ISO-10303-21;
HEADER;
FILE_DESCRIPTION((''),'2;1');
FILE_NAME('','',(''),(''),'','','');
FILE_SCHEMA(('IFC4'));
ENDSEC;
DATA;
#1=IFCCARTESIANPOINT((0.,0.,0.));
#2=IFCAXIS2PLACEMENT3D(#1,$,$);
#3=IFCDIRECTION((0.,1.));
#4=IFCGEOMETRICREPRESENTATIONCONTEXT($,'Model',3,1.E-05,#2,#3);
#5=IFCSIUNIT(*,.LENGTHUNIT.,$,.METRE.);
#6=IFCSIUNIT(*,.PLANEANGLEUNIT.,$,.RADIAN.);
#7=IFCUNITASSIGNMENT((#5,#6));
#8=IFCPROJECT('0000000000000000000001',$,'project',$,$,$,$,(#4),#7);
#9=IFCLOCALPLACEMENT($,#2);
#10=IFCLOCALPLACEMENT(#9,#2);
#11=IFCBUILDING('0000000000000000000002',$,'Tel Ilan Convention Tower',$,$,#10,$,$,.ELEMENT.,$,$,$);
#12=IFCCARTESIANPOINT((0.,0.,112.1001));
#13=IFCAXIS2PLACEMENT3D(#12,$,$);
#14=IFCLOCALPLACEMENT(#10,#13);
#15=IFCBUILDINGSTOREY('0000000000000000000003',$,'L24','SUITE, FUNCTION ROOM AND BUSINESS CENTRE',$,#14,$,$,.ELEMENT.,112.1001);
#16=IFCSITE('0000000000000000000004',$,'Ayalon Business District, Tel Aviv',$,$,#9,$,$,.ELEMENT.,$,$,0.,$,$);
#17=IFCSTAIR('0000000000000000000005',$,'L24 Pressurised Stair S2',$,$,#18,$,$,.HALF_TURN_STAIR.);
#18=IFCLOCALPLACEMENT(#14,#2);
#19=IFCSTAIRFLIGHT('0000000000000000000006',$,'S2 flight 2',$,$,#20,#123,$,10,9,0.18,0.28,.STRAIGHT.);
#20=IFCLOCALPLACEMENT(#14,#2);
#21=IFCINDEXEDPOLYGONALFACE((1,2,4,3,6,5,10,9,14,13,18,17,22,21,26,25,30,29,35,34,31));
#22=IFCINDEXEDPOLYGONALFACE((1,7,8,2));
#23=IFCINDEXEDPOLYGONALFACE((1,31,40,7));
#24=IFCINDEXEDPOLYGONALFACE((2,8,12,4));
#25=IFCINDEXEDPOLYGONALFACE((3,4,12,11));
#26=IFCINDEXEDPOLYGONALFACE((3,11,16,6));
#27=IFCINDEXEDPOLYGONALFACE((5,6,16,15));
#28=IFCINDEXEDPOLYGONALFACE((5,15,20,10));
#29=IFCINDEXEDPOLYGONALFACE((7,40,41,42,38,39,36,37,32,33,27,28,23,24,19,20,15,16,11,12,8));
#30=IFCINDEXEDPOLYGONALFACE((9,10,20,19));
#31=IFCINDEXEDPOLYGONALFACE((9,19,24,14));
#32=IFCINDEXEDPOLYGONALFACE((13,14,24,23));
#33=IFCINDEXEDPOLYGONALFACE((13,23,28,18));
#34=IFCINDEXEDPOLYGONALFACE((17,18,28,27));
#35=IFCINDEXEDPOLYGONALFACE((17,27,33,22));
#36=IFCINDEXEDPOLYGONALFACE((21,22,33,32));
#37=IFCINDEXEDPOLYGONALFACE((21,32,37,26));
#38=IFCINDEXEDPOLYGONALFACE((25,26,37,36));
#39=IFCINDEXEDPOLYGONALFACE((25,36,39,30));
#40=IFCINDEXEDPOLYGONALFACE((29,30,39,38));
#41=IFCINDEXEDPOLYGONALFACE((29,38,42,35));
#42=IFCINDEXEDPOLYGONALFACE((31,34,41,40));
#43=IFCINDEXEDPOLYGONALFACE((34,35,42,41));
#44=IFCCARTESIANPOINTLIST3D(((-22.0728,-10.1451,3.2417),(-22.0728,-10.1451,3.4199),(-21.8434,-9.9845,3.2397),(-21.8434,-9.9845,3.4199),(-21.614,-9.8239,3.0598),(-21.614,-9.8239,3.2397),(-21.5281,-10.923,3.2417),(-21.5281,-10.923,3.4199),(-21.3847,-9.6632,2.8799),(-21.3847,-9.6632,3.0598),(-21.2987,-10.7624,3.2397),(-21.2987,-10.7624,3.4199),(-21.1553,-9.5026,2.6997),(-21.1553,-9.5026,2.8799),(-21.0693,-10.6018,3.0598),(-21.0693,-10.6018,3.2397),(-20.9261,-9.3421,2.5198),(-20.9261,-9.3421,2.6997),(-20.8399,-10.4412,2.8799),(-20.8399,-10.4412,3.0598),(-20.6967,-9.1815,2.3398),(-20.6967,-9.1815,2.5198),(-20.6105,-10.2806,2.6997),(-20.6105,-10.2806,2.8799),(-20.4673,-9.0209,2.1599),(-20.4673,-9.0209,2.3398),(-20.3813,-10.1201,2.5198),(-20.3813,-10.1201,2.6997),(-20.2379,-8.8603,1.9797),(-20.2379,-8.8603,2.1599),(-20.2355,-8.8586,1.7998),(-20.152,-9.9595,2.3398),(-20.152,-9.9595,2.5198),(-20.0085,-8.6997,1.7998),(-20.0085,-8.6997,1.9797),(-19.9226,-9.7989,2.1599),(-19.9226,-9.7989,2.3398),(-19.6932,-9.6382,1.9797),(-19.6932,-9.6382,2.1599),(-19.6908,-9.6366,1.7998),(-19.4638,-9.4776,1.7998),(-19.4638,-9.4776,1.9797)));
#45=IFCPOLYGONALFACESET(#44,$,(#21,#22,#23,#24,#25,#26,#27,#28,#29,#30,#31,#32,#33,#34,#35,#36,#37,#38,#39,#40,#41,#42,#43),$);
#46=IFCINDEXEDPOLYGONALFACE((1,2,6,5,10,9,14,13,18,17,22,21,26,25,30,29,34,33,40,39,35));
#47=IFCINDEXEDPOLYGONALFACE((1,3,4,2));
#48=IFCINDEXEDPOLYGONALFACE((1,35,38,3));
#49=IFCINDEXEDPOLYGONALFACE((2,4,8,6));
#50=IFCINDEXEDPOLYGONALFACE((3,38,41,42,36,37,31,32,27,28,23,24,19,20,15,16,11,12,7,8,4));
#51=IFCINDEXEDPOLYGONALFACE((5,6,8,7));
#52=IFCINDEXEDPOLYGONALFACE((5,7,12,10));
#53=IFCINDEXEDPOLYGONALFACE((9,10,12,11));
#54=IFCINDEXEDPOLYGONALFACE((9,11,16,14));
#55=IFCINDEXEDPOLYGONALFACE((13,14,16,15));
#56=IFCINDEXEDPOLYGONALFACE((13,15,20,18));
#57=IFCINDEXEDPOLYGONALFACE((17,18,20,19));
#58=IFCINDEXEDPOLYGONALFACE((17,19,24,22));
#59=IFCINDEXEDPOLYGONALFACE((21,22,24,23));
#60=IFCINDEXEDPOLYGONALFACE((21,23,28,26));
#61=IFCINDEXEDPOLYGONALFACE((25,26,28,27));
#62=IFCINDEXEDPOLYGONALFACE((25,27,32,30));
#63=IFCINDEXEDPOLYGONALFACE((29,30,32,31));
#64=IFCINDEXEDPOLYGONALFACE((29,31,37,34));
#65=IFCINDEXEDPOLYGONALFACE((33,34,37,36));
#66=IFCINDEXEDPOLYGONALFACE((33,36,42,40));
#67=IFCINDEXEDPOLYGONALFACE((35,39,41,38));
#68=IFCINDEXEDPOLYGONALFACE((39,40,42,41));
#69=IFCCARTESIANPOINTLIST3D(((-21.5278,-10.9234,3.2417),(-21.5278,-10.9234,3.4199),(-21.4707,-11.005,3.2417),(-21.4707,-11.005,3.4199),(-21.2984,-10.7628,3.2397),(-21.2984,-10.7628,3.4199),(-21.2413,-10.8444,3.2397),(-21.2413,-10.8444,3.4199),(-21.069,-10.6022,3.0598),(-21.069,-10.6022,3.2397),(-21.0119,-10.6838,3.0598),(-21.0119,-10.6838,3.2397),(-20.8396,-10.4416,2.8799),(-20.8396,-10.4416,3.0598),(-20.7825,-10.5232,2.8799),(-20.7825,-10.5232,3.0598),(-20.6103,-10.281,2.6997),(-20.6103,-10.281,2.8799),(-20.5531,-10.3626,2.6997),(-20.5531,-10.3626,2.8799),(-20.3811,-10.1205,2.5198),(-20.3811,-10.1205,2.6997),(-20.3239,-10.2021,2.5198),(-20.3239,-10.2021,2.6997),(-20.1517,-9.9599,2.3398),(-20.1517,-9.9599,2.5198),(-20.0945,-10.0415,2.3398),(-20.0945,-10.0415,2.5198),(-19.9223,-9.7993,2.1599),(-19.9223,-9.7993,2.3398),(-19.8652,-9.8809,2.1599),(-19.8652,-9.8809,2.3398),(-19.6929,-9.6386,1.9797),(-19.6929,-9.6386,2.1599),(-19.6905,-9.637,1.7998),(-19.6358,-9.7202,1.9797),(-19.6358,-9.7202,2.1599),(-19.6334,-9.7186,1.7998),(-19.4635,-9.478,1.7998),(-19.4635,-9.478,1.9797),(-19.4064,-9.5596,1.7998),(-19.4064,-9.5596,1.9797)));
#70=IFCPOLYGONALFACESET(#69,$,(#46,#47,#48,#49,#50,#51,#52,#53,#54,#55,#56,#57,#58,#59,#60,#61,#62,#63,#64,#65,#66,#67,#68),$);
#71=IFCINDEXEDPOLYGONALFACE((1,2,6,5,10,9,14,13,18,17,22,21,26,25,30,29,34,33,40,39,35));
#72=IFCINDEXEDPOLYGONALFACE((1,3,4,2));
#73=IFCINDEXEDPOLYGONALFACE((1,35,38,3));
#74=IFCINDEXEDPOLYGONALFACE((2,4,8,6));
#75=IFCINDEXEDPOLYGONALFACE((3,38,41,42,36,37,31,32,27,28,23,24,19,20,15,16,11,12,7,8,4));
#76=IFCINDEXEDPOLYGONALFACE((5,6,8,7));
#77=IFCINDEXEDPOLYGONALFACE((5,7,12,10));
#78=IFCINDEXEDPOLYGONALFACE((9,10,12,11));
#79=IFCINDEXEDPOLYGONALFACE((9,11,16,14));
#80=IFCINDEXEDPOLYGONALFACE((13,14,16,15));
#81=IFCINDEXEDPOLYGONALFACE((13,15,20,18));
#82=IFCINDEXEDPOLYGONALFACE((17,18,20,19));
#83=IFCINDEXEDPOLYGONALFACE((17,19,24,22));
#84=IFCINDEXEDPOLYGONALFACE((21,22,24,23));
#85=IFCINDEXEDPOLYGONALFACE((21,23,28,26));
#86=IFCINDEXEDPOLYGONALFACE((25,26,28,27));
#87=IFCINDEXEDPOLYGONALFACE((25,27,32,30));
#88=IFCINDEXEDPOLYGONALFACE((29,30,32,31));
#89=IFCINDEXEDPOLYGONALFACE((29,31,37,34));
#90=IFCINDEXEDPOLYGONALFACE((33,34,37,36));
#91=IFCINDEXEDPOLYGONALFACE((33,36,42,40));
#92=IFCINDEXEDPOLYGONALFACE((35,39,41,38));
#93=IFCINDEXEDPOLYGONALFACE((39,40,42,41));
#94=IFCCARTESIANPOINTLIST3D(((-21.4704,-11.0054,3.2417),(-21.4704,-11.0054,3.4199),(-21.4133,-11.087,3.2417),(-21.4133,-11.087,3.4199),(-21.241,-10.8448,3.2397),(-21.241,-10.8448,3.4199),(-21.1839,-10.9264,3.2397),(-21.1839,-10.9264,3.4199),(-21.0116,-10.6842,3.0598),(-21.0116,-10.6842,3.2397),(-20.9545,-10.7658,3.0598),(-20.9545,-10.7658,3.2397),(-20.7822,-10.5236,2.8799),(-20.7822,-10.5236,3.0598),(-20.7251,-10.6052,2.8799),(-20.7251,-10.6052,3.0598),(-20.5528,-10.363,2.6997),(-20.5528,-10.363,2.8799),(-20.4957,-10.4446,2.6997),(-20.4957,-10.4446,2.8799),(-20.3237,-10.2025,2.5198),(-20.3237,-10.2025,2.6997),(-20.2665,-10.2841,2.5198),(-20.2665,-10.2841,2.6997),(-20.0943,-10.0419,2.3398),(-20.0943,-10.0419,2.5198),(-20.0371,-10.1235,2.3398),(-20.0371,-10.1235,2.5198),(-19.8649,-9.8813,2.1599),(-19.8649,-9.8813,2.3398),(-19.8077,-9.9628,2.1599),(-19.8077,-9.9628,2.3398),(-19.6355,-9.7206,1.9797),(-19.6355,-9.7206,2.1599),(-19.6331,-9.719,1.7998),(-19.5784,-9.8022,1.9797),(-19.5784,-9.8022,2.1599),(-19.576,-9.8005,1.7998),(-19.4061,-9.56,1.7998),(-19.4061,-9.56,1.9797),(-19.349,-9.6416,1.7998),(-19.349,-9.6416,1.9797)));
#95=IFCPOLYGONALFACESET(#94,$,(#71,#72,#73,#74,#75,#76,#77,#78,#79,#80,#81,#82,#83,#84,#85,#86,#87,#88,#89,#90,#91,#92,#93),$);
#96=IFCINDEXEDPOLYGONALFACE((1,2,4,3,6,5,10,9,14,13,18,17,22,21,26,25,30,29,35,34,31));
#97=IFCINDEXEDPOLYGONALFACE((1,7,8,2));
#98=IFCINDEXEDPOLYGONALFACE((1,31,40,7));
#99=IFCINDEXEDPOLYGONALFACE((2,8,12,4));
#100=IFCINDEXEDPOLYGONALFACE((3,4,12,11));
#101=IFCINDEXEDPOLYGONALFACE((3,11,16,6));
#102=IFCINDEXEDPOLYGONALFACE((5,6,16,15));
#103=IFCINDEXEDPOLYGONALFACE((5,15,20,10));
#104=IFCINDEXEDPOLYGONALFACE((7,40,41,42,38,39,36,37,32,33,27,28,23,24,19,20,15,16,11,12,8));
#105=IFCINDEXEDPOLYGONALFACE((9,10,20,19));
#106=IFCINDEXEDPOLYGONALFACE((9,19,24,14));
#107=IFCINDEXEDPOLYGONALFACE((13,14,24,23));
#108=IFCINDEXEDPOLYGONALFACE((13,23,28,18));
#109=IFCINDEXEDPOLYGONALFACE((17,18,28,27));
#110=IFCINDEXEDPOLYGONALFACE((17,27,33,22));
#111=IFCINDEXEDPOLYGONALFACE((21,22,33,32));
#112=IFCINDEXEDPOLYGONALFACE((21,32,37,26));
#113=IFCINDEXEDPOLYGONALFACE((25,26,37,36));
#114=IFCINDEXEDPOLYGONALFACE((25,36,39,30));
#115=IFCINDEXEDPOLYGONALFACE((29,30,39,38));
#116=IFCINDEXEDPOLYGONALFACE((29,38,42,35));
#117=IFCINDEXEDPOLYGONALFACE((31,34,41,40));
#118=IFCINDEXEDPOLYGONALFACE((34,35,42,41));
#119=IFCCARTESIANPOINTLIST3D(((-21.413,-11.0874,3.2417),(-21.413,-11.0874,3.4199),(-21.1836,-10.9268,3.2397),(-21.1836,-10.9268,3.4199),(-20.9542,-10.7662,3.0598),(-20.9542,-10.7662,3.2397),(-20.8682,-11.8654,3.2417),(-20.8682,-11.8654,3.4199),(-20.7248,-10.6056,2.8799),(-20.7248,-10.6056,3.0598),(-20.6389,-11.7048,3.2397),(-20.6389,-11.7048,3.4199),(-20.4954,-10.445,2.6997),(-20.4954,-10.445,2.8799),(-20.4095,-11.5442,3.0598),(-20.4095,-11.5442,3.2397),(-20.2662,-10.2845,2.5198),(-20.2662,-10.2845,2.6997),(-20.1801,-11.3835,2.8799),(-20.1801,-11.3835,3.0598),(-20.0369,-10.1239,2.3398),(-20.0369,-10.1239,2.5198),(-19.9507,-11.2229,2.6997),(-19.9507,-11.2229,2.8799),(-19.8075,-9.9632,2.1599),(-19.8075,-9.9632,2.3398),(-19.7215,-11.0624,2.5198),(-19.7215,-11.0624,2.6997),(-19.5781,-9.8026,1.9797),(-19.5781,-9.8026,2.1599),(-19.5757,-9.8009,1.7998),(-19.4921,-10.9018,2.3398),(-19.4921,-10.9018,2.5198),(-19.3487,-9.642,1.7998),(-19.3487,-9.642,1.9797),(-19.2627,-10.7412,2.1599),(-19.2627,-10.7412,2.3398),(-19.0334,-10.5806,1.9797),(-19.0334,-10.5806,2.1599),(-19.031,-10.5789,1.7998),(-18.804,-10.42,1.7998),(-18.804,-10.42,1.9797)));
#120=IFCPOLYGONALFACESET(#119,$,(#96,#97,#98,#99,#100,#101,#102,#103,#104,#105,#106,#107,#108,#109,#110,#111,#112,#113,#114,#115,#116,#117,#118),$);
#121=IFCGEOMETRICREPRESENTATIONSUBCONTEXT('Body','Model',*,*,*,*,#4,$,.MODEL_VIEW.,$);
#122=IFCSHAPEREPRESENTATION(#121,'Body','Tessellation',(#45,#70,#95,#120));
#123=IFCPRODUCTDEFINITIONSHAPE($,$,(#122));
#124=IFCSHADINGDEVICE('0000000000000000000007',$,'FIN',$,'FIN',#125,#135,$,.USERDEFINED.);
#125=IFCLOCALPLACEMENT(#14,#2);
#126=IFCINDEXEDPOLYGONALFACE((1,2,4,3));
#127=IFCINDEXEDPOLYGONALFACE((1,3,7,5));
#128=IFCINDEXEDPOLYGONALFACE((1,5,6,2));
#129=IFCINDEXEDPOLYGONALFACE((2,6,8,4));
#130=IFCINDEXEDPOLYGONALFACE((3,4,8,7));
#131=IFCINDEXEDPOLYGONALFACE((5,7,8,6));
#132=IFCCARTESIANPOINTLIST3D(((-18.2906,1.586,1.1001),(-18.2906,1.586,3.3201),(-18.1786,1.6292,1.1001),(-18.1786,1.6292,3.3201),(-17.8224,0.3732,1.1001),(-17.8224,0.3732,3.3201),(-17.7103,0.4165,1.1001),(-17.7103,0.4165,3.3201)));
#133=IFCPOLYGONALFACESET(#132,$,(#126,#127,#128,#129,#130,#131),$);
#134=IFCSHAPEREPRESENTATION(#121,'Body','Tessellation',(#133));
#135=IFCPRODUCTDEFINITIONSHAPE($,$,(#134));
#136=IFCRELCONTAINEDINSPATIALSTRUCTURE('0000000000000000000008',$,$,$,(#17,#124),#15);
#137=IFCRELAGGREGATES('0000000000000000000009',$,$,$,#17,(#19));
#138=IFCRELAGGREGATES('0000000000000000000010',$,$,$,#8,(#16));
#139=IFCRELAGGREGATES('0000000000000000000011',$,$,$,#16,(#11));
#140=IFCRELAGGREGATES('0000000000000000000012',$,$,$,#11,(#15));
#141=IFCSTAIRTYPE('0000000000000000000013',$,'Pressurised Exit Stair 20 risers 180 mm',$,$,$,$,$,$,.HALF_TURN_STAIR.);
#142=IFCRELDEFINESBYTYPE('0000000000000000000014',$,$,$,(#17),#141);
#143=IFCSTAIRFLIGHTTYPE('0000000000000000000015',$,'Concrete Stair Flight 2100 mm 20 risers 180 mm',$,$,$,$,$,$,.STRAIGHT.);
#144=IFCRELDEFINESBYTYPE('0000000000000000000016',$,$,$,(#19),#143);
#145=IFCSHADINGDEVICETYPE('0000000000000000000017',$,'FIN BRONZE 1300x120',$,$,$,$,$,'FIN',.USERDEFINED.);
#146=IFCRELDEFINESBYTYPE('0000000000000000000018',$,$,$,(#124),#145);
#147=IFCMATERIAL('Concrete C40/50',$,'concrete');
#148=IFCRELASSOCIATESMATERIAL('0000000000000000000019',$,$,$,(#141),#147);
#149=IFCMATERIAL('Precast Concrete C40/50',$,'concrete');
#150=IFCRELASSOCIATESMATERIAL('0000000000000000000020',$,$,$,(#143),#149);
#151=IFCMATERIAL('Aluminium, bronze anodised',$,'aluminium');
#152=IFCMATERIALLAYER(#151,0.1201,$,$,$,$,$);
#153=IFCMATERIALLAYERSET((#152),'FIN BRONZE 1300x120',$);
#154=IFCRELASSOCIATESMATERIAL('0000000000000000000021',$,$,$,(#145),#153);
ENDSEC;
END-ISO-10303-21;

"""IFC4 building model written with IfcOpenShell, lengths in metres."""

from ifc_helpers import new_model, si_unit, direction, frame, origin, origin_2d, place, context, subcontext, project, spatial, polyline, rectangle, outline, extrude, material, layer, layer_set, type_object, element, aggregate, save


model = new_model("IFC4")

# Units and contexts
model_context = context("Model", 3, precision=1e-05, world=origin(), true_north=direction((0.0, 1.0)))
body_context = subcontext(model_context, "Body", "Model", "MODEL_VIEW")
ifc_project = project(units=[si_unit("LENGTHUNIT", "METRE"), si_unit("PLANEANGLEUNIT", "RADIAN")], contexts=[model_context])

# Site, building, storey
site_placement = place(None, origin())
site = spatial("IfcSite", under=ifc_project, at=site_placement, Name="Ayalon Business District, Tel Aviv", CompositionType="ELEMENT", RefElevation=0.0)
building_placement = place(site_placement, origin())
building = spatial("IfcBuilding", under=site, at=building_placement, Name="Tel Ilan Convention Tower", CompositionType="ELEMENT")
storey_placement = place(building_placement, frame((0.0, 0.0, 112.1001)))
storey = spatial("IfcBuildingStorey", under=building, at=storey_placement, Name="L24", Description="SUITE, FUNCTION ROOM AND BUSINESS CENTRE", CompositionType="ELEMENT", Elevation=112.1001)

# Shared definitions
ifc_material_1 = material(Name="Concrete C40/50", Category="concrete")
stair_type = type_object("IfcStairType", Name="Pressurised Exit Stair 20 risers 180 mm", PredefinedType="HALF_TURN_STAIR", material=ifc_material_1)
ifc_material_2 = material(Name="Precast Concrete C40/50", Category="concrete")
stair_flight_type = type_object("IfcStairFlightType", Name="Concrete Stair Flight 2100 mm 20 risers 180 mm", PredefinedType="STRAIGHT", material=ifc_material_2)

# Stair, stair flight
stair_1_placement = place(storey_placement, origin())
stair_1 = element("IfcStair", 1, at=stair_1_placement, inside=storey, type_object=stair_type, Name="L24 Pressurised Stair S2", PredefinedType="HALF_TURN_STAIR")
stair_flight_1_placement = place(storey_placement, frame((-19.4062, -9.5598, 1.7998), z_axis=(0.0, 0.0, 1.0), x_axis=(-0.819152, -0.573576, 0.0)))
stair_flight_1 = element("IfcStairFlight", 2, at=stair_flight_1_placement, type_object=stair_flight_type, Name="S2 flight 2", NumberOfRisers=10, NumberOfTreads=9, PredefinedType="STRAIGHT", RiserHeight=0.18, TreadLength=0.28, context=body_context, shape_type="SweptSolid", body=[
    extrude(outline(polyline([(0.0, 0.0), (0.0, 0.1799), (0.28, 0.1799), (0.28, 0.3601), (0.5601, 0.3601), (0.5601, 0.54), (0.8401, 0.54), (0.8401, 0.72), (1.1201, 0.72), (1.1201, 0.8999), (1.3999, 0.8999), (1.3999, 1.0801), (1.6799, 1.0801), (1.6799, 1.26), (1.96, 1.26), (1.96, 1.4399), (2.24, 1.4399), (2.24, 1.6201), (2.52, 1.6201), (2.52, 1.8), (2.52, 1.4419), (0.2771, 0.0), (0.0, 0.0)])), frame((0.0, -0.1003, 0.0), z_axis=(0.0, -1.0, 0.0), x_axis=(1.0, 0.0, 0.0)), (0.0, 0.0, 1.0), 0.9497),
    extrude(outline(polyline([(0.0, 0.0), (0.0, 0.1799), (0.28, 0.1799), (0.28, 0.3601), (0.5601, 0.3601), (0.5601, 0.54), (0.8401, 0.54), (0.8401, 0.72), (1.1201, 0.72), (1.1201, 0.8999), (1.3999, 0.8999), (1.3999, 1.0801), (1.6799, 1.0801), (1.6799, 1.26), (1.96, 1.26), (1.96, 1.4399), (2.24, 1.4399), (2.24, 1.6201), (2.52, 1.6201), (2.52, 1.8), (2.52, 1.4419), (0.2771, 0.0), (0.0, 0.0)])), frame((0.0, -0.0002, 0.0), z_axis=(0.0, -1.0, 0.0), x_axis=(1.0, 0.0, 0.0)), (0.0, 0.0, 1.0), 0.0996),
    extrude(outline(polyline([(0.0, 0.0), (0.0, 0.1799), (0.28, 0.1799), (0.28, 0.3601), (0.5601, 0.3601), (0.5601, 0.54), (0.8401, 0.54), (0.8401, 0.72), (1.1201, 0.72), (1.1201, 0.8999), (1.3999, 0.8999), (1.3999, 1.0801), (1.6799, 1.0801), (1.6799, 1.26), (1.96, 1.26), (1.96, 1.4399), (2.24, 1.4399), (2.24, 1.6201), (2.52, 1.6201), (2.52, 1.8), (2.52, 1.4419), (0.2771, 0.0), (0.0, 0.0)])), frame((0.0, 0.0999, 0.0), z_axis=(0.0, -1.0, 0.0), x_axis=(1.0, 0.0, 0.0)), (0.0, 0.0, 1.0), 0.0996),
    extrude(outline(polyline([(0.0, 0.0), (0.0, 0.1799), (0.28, 0.1799), (0.28, 0.3601), (0.5601, 0.3601), (0.5601, 0.54), (0.8401, 0.54), (0.8401, 0.72), (1.1201, 0.72), (1.1201, 0.8999), (1.3999, 0.8999), (1.3999, 1.0801), (1.6799, 1.0801), (1.6799, 1.26), (1.96, 1.26), (1.96, 1.4399), (2.24, 1.4399), (2.24, 1.6201), (2.52, 1.6201), (2.52, 1.8), (2.52, 1.4419), (0.2771, 0.0), (0.0, 0.0)])), frame((0.0, 1.05, 0.0), z_axis=(0.0, -1.0, 0.0), x_axis=(1.0, 0.0, 0.0)), (0.0, 0.0, 1.0), 0.9497),
])
aggregate(stair_1, [stair_flight_1])

# Shading device
ifc_material_3 = material(Name="Aluminium, bronze anodised", Category="aluminium")
ifc_layer_1 = layer(ifc_material_3, 0.1201)
ifc_layer_set_1 = layer_set([ifc_layer_1], Name="FIN BRONZE 1300x120")
shading_device_type = type_object("IfcShadingDeviceType", Name="FIN BRONZE 1300x120", ElementType="FIN", PredefinedType="USERDEFINED", material=ifc_layer_set_1)
shading_device_placement = place(storey_placement, frame((-18.0005, 1.0012, 1.1001), z_axis=(0.0, 0.0, 1.0), x_axis=(-0.360178, 0.932884, 0.0)))
element("IfcShadingDevice", 3, at=shading_device_placement, inside=storey, type_object=shading_device_type, Name="FIN", ObjectType="FIN", PredefinedType="USERDEFINED", context=body_context, shape_type="SweptSolid", body=[
    extrude(rectangle(XDim=1.3, YDim=0.1201, at=origin_2d()), origin(), (0.0, 0.0, 1.0), 2.22),
])

save(model, "model.ifc")
